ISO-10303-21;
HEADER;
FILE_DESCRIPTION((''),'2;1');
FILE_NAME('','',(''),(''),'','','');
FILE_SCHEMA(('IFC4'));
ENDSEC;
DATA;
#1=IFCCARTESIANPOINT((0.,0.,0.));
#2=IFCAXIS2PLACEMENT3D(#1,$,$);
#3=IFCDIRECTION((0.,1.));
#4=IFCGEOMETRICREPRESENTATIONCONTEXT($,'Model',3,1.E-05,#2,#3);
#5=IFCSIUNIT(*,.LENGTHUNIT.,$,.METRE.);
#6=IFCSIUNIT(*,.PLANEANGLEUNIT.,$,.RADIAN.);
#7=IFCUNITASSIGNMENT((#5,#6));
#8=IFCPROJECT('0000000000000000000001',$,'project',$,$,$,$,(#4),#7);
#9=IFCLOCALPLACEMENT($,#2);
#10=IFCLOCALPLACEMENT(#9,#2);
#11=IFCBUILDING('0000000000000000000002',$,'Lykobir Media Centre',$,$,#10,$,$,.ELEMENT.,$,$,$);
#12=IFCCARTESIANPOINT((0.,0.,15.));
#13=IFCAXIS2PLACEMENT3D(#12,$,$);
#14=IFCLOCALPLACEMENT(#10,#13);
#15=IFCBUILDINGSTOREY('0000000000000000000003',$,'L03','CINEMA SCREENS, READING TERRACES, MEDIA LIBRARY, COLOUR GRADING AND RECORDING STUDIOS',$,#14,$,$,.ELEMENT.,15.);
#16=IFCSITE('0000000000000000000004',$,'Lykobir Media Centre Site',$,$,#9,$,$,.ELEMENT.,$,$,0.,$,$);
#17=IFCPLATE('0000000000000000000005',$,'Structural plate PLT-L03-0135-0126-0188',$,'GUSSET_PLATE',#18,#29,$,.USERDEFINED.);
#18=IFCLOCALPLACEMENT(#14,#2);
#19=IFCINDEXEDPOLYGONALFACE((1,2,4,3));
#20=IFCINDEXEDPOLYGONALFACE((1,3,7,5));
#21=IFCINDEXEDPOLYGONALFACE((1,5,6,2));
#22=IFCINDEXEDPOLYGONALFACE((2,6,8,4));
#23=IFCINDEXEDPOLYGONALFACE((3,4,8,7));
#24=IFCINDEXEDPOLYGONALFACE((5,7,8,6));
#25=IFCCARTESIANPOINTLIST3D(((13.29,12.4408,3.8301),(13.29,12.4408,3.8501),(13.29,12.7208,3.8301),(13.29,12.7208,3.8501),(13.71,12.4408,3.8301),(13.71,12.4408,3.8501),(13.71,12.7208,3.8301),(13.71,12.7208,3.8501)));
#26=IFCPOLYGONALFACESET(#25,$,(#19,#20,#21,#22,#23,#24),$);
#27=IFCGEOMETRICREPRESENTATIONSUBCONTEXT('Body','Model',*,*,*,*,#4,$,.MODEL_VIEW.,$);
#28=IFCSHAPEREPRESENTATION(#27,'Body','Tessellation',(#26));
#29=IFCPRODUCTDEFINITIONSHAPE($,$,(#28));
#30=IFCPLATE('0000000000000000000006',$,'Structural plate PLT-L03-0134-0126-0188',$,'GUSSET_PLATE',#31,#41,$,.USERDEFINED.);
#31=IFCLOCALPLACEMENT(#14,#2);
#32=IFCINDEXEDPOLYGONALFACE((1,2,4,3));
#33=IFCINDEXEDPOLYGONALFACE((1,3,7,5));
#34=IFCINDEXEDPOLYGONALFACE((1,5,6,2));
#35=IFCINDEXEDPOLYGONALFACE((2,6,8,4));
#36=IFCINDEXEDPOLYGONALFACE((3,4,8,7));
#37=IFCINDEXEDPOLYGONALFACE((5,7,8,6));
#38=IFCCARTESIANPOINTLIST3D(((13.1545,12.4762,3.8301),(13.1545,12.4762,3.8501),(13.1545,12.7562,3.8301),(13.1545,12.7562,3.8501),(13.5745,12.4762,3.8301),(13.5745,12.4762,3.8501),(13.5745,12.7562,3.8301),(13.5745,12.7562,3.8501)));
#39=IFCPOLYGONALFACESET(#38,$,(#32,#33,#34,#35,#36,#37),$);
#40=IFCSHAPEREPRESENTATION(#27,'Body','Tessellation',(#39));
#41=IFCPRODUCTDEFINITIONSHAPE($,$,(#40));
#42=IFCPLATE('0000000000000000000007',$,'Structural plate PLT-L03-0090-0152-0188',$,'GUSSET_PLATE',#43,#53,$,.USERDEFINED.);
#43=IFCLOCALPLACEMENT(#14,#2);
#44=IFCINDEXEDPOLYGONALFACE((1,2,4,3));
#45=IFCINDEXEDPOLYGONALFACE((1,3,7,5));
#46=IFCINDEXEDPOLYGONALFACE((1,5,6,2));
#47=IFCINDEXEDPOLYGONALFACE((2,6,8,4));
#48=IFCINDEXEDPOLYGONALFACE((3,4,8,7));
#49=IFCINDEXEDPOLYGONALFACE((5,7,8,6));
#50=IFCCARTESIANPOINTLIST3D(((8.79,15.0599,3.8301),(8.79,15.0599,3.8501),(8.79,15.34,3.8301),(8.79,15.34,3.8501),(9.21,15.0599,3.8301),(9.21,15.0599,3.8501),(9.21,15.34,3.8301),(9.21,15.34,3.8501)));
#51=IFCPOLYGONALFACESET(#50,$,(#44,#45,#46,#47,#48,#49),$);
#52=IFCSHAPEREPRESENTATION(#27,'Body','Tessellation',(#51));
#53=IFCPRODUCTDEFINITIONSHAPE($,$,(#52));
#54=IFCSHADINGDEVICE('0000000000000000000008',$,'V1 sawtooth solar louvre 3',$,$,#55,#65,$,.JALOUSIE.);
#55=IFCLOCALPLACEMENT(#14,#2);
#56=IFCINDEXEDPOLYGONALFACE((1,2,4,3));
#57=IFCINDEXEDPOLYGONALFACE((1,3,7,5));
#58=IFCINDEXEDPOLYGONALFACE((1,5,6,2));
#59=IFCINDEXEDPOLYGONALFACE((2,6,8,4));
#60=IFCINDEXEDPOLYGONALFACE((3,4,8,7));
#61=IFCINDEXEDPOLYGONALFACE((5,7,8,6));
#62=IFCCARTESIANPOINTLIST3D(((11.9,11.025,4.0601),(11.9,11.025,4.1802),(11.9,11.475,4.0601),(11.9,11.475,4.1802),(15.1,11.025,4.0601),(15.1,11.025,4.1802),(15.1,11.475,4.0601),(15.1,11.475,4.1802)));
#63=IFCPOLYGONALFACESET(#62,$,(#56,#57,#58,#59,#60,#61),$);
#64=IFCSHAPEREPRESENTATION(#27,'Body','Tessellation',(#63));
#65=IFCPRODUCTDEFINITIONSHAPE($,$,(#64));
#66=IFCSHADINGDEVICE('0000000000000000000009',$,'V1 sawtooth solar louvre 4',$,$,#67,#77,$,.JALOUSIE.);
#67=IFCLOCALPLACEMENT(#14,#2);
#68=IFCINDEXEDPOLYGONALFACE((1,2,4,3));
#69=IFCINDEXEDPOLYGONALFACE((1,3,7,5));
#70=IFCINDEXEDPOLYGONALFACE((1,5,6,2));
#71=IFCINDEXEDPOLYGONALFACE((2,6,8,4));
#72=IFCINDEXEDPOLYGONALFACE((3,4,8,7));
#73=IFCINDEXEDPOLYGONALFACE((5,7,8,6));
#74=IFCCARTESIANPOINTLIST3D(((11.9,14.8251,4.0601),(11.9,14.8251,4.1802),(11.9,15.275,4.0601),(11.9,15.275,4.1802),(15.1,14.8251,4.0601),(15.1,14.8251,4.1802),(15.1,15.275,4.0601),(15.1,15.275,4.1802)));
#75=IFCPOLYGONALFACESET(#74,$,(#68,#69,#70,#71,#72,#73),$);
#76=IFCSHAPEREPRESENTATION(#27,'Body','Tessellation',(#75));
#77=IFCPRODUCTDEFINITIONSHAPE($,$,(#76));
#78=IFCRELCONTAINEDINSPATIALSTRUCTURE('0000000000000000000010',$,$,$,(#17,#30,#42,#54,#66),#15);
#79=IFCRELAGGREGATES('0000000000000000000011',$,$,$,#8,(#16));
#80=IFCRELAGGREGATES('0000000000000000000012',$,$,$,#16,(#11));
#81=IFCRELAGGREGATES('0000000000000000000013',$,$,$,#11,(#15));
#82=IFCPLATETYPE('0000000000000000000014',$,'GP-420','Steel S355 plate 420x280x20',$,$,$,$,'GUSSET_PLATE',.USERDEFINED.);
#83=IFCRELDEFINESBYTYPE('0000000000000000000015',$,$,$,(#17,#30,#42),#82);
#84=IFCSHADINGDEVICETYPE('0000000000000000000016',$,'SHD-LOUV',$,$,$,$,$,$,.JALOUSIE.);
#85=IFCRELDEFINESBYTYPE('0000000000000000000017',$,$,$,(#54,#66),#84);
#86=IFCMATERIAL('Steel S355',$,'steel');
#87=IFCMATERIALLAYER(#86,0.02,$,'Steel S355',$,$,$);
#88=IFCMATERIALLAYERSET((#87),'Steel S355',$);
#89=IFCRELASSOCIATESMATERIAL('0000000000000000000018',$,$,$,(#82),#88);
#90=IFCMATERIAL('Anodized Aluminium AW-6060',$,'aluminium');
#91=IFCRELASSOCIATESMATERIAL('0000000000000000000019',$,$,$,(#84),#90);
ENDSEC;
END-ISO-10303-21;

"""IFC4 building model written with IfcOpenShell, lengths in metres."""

from ifc_helpers import new_model, si_unit, direction, frame, origin, origin_2d, place, context, subcontext, project, spatial, rectangle, extrude, material, layer, layer_set, type_object, element, save


model = new_model("IFC4")

# Units and contexts
model_context = context("Model", 3, precision=1e-05, world=origin(), true_north=direction((0.0, 1.0)))
body_context = subcontext(model_context, "Body", "Model", "MODEL_VIEW")
ifc_project = project(units=[si_unit("LENGTHUNIT", "METRE"), si_unit("PLANEANGLEUNIT", "RADIAN")], contexts=[model_context])

# Site, building, storey
site_placement = place(None, origin())
site = spatial("IfcSite", under=ifc_project, at=site_placement, Name="Lykobir Media Centre Site", CompositionType="ELEMENT", RefElevation=0.0)
building_placement = place(site_placement, origin())
building = spatial("IfcBuilding", under=site, at=building_placement, Name="Lykobir Media Centre", CompositionType="ELEMENT")
storey_placement = place(building_placement, frame((0.0, 0.0, 15.0)))
storey = spatial("IfcBuildingStorey", under=building, at=storey_placement, Name="L03", Description="CINEMA SCREENS, READING TERRACES, MEDIA LIBRARY, COLOUR GRADING AND RECORDING STUDIOS", CompositionType="ELEMENT", Elevation=15.0)

# Shared definitions
ifc_material_1 = material(Name="Steel S355", Category="steel")

# Shared definitions
ifc_material_2 = material(Name="Anodized Aluminium AW-6060", Category="aluminium")

# Plates
ifc_layer_1 = layer(ifc_material_1, 0.02, Name="Steel S355")
ifc_layer_set_1 = layer_set([ifc_layer_1], Name="Steel S355")
plate_type_1 = type_object("IfcPlateType", Name="GP-420", Description="Steel S355 plate 420x280x20", ElementType="GUSSET_PLATE", PredefinedType="USERDEFINED", material=ifc_layer_set_1)
for number, where, z_axis, x_axis, name in (
    (1, (13.5, 12.5808, 3.8301), (0.0, 0.0, 1.0), (1.0, 0.0, 0.0), "Structural plate PLT-L03-0135-0126-0188"),
    (2, (13.3645, 12.6162, 3.8301), (0.0, 0.0, 1.0), (1.0, 0.0, 0.0), "Structural plate PLT-L03-0134-0126-0188"),
    (3, (9.0, 15.2, 3.8301), (0.0, 0.0, 1.0), (1.0, 0.0, 0.0), "Structural plate PLT-L03-0090-0152-0188"),
):
    element("IfcPlate", number, at=place(storey_placement, frame(where, z_axis=z_axis, x_axis=x_axis)), inside=storey, type_object=plate_type_1, Name=name, ObjectType="GUSSET_PLATE", PredefinedType="USERDEFINED", context=body_context, shape_type="SweptSolid", body=[
        extrude(rectangle(XDim=0.4199, YDim=0.28, at=origin_2d()), origin(), (0.0, 0.0, 1.0), 0.02),
    ])

# Shading devices
shading_device_type = type_object("IfcShadingDeviceType", Name="SHD-LOUV", PredefinedType="JALOUSIE", material=ifc_material_2)
for number, where, z_axis, x_axis, name in (
    (4, (13.5, 11.25, 4.0601), (0.0, 0.0, 1.0), (1.0, 0.0, 0.0), "V1 sawtooth solar louvre 3"),
    (5, (13.5, 15.05, 4.0601), (0.0, 0.0, 1.0), (1.0, 0.0, 0.0), "V1 sawtooth solar louvre 4"),
):
    element("IfcShadingDevice", number, at=place(storey_placement, frame(where, z_axis=z_axis, x_axis=x_axis)), inside=storey, type_object=shading_device_type, Name=name, PredefinedType="JALOUSIE", context=body_context, shape_type="SweptSolid", body=[
        extrude(rectangle(XDim=3.2, YDim=0.45, at=origin_2d()), origin(), (0.0, 0.0, 1.0), 0.1201),
    ])

save(model, "model.ifc")
